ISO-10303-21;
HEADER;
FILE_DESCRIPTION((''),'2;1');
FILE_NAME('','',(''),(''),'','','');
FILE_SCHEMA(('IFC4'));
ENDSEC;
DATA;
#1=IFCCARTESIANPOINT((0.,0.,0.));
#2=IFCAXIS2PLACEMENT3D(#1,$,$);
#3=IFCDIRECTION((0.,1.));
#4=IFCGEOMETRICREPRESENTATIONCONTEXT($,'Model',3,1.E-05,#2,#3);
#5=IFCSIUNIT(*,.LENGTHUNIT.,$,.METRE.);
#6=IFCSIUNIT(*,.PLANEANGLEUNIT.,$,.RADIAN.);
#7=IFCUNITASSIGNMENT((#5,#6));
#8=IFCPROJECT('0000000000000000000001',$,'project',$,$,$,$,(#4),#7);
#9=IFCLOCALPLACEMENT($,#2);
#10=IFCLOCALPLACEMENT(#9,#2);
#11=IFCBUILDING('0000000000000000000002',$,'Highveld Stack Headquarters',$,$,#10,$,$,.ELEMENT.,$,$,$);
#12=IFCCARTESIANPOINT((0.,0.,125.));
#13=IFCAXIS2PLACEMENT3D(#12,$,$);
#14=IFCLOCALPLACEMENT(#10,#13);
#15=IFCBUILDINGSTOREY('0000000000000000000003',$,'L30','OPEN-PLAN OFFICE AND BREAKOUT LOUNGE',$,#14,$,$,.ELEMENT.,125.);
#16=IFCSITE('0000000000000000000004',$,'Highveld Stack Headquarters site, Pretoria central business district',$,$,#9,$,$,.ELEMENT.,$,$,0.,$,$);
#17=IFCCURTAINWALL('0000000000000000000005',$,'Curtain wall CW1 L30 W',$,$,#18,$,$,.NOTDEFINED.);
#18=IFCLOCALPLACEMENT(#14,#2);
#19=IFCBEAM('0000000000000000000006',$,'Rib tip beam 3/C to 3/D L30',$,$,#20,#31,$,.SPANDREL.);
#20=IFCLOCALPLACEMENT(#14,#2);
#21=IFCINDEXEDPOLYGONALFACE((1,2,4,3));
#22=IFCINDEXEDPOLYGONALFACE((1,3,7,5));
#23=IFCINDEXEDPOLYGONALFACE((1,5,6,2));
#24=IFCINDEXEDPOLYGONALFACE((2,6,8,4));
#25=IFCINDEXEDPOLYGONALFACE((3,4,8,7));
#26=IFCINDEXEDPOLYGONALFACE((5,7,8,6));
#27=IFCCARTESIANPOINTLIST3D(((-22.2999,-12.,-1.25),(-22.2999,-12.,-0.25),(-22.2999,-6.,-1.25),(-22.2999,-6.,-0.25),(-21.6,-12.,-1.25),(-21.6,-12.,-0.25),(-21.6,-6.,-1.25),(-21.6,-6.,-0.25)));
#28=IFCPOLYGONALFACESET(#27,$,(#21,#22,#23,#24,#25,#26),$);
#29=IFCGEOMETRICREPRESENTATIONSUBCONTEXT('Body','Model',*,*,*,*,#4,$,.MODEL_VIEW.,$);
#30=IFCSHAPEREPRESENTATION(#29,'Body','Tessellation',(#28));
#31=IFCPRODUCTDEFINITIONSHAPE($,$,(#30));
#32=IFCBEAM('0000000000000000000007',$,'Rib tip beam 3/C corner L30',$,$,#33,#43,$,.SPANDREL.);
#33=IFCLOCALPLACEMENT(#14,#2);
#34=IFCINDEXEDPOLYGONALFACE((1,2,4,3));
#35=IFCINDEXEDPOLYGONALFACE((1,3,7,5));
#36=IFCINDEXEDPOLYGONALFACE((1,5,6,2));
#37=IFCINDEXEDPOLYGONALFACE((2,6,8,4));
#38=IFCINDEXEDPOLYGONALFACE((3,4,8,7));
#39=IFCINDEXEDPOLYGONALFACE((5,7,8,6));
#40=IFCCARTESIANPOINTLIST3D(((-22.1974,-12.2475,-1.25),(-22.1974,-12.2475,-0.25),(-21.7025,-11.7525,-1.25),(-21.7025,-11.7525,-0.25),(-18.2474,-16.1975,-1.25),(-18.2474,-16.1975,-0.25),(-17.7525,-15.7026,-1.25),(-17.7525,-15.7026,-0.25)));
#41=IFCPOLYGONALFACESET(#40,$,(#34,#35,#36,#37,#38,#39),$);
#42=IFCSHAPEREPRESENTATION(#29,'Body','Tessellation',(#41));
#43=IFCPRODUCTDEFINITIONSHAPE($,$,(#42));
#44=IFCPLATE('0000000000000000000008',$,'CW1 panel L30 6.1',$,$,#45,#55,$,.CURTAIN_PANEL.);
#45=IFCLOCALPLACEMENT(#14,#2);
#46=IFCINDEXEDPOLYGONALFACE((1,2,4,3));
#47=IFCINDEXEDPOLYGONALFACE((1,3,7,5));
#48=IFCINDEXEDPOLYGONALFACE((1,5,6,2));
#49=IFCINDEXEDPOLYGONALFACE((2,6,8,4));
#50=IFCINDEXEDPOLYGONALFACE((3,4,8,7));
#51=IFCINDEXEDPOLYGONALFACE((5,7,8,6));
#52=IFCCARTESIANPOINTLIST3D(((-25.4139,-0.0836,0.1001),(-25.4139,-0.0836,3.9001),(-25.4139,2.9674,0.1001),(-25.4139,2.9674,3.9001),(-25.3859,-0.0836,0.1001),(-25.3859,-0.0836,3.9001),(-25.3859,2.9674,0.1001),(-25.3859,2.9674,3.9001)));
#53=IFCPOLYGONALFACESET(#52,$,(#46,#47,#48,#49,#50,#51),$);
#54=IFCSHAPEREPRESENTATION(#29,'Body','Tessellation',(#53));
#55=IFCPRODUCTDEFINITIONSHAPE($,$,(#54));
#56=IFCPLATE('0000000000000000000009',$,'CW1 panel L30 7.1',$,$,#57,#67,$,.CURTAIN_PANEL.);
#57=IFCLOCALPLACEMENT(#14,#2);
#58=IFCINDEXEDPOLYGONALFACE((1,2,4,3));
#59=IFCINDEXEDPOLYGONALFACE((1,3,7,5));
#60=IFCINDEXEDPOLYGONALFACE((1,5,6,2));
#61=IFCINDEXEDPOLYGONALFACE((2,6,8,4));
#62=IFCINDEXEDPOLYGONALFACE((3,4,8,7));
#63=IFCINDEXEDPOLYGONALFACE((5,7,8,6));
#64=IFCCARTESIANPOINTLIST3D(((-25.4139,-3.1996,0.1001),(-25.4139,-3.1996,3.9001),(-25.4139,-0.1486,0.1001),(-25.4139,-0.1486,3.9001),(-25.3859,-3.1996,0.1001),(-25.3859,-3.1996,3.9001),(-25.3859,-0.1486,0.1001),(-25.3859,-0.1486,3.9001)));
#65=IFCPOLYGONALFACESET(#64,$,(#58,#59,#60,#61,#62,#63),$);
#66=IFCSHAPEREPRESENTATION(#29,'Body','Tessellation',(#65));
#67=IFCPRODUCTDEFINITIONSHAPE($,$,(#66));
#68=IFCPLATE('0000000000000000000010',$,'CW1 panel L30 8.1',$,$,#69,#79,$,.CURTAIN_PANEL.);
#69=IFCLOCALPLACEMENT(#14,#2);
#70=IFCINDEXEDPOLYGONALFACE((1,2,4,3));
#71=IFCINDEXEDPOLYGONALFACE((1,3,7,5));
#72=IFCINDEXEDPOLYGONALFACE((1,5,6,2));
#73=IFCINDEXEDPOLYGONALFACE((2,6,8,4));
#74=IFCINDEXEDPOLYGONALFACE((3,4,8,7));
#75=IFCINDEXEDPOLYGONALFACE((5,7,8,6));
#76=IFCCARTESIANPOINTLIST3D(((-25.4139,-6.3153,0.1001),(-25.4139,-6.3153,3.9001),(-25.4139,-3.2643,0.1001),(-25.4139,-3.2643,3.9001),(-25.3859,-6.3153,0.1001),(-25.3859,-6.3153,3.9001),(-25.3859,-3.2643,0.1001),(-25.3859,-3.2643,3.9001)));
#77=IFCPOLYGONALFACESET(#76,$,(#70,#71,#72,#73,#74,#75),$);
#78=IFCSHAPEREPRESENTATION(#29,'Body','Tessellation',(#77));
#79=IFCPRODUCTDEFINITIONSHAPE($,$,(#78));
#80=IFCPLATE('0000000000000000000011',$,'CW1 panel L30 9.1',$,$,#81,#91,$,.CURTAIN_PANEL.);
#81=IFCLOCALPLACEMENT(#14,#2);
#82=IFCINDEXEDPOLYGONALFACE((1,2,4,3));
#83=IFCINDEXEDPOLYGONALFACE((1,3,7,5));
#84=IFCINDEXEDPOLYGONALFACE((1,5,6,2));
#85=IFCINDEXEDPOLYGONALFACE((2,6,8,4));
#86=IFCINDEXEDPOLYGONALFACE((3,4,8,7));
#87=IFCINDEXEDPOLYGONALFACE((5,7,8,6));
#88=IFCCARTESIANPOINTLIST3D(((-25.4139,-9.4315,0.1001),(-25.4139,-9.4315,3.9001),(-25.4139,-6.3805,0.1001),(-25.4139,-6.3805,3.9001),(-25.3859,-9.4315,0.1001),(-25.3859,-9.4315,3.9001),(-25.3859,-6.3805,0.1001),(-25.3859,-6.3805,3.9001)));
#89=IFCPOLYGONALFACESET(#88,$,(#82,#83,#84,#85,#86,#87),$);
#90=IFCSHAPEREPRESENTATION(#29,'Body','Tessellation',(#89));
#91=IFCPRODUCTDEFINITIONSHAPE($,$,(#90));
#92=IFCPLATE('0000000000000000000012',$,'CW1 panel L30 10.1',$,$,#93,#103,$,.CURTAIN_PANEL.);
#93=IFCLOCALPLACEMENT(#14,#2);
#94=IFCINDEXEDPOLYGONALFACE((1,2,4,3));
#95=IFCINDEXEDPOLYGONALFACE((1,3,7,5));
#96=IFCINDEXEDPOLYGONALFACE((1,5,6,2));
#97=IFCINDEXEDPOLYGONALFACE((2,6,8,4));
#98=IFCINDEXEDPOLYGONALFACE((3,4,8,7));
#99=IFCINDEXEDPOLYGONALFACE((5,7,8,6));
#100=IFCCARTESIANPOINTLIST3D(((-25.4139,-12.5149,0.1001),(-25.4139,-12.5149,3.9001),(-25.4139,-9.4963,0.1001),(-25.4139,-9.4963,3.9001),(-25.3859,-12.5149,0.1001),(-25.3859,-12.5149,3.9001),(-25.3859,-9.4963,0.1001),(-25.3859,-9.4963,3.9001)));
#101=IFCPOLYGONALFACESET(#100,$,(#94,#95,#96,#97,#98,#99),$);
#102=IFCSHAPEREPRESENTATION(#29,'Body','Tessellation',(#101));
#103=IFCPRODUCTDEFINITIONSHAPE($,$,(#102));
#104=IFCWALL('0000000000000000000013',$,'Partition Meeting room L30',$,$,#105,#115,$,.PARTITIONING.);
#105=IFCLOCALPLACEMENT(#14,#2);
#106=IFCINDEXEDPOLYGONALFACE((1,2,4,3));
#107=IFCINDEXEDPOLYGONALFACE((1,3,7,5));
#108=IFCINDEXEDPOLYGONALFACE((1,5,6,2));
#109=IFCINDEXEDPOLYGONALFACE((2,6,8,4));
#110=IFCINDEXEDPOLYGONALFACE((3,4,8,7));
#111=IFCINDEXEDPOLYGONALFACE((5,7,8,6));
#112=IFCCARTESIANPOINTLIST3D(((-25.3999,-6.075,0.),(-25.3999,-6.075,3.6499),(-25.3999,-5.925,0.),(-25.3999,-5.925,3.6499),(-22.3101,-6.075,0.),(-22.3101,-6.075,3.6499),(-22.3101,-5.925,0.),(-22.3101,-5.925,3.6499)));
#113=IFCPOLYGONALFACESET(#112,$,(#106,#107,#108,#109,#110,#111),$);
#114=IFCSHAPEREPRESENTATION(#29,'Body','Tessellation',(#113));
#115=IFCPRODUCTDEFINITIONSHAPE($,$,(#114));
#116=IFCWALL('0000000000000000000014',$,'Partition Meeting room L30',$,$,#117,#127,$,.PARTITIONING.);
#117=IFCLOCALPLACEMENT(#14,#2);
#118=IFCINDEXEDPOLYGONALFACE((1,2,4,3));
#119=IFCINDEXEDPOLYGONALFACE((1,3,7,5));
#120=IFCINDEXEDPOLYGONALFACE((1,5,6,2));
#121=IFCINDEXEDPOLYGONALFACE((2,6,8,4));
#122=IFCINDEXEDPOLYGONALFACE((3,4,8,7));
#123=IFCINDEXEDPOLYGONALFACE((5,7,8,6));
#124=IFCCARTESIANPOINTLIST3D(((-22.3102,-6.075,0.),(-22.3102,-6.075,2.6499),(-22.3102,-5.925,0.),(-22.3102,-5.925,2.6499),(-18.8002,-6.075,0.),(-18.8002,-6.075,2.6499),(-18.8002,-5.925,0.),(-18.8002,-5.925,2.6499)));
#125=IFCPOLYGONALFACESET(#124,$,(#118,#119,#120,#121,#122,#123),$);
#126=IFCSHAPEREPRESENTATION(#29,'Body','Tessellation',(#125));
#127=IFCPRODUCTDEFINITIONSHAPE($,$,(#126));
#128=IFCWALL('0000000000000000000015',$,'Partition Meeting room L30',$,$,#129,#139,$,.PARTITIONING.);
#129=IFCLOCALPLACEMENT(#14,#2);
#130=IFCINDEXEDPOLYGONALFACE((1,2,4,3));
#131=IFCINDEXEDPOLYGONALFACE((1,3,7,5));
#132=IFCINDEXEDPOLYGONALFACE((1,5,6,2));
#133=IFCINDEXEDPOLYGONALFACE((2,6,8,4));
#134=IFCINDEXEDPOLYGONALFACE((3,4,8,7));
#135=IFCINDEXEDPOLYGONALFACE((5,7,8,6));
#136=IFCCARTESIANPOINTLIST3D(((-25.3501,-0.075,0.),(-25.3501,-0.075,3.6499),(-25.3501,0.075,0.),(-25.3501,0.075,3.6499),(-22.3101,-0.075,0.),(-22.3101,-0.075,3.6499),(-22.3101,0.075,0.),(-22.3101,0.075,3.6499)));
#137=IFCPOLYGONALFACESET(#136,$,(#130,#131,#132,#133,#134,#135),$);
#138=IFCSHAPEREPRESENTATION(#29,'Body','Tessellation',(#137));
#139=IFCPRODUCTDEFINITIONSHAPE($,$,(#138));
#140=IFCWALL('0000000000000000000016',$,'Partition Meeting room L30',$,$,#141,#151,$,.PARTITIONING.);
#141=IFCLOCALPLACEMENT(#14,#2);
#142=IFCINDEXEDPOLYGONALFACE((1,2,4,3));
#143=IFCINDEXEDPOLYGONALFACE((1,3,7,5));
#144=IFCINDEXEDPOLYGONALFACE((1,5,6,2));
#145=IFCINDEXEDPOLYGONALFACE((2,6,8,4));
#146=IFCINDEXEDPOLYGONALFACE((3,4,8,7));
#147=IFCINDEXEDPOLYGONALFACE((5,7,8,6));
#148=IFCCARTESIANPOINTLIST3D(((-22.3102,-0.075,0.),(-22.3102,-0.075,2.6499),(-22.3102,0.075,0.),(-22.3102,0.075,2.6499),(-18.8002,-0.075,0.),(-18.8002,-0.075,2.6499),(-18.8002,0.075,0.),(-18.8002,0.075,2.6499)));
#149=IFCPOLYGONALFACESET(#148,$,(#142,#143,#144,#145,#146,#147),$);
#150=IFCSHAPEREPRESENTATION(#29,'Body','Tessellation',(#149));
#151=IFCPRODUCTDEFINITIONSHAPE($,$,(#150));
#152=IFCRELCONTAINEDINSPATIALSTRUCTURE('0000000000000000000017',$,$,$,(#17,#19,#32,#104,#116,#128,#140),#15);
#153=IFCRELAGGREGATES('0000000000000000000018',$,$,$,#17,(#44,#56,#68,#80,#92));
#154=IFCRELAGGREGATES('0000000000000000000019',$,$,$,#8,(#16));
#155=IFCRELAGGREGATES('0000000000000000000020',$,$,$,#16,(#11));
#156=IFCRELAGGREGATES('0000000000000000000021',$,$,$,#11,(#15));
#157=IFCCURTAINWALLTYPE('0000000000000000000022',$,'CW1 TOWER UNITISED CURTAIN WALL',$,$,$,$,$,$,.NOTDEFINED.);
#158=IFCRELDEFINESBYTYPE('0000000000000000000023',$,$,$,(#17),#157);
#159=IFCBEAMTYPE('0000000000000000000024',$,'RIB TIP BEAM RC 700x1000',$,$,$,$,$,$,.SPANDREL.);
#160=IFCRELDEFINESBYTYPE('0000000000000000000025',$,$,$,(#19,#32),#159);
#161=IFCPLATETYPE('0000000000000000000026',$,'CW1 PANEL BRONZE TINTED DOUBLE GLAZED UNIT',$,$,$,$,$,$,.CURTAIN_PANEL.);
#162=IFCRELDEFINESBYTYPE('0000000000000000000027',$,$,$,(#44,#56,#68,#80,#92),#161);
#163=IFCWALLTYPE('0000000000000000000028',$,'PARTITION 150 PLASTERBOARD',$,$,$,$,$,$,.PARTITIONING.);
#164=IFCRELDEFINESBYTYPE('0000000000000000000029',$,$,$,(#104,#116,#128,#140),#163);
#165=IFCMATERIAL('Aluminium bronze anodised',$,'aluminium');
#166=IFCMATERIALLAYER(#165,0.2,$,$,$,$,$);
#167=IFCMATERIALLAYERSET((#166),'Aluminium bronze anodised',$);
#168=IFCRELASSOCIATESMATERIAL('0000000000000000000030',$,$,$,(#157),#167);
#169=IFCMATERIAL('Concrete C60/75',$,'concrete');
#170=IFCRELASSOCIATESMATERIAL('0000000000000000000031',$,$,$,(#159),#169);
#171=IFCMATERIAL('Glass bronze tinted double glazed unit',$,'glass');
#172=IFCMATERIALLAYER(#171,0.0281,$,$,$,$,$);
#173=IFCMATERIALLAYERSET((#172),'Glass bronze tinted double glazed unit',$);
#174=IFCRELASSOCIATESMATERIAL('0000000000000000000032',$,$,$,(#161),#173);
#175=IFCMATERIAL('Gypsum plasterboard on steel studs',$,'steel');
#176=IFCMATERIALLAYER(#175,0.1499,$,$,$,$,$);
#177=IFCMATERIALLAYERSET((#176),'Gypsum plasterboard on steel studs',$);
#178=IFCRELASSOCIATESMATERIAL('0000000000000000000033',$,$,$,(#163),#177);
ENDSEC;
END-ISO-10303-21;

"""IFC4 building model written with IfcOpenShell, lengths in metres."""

from ifc_helpers import new_model, si_unit, direction, frame, frame_2d, origin, origin_2d, place, context, subcontext, project, spatial, rectangle, extrude, material, layer, layer_set, material_profile, profile_set, type_object, element, aggregate, save


model = new_model("IFC4")

# Units and contexts
model_context = context("Model", 3, precision=1e-05, world=origin(), true_north=direction((0.0, 1.0)))
body_context = subcontext(model_context, "Body", "Model", "MODEL_VIEW")
ifc_project = project(units=[si_unit("LENGTHUNIT", "METRE"), si_unit("PLANEANGLEUNIT", "RADIAN")], contexts=[model_context])

# Site, building, storey
site_placement = place(None, origin())
site = spatial("IfcSite", under=ifc_project, at=site_placement, Name="Highveld Stack Headquarters site, Pretoria central business district", CompositionType="ELEMENT", RefElevation=0.0)
building_placement = place(site_placement, origin())
building = spatial("IfcBuilding", under=site, at=building_placement, Name="Highveld Stack Headquarters", CompositionType="ELEMENT")
storey_placement = place(building_placement, frame((0.0, 0.0, 125.0)))
storey = spatial("IfcBuildingStorey", under=building, at=storey_placement, Name="L30", Description="OPEN-PLAN OFFICE AND BREAKOUT LOUNGE", CompositionType="ELEMENT", Elevation=125.0)

# Curtain wall
ifc_material_1 = material(Name="Aluminium bronze anodised", Category="aluminium")
ifc_layer_1 = layer(ifc_material_1, 0.2)
ifc_layer_set_1 = layer_set([ifc_layer_1], Name="Aluminium bronze anodised")
curtain_wall_type = type_object("IfcCurtainWallType", Name="CW1 TOWER UNITISED CURTAIN WALL", PredefinedType="NOTDEFINED", material=ifc_layer_set_1)
curtain_wall_placement = place(storey_placement, origin())
curtain_wall = element("IfcCurtainWall", 1, at=curtain_wall_placement, inside=storey, type_object=curtain_wall_type, Name="Curtain wall CW1 L30 W", PredefinedType="NOTDEFINED")

# Beams
ifc_material_2 = material(Name="Concrete C60/75", Category="concrete")
ifc_material_profile_1 = material_profile(ifc_material_2, rectangle(XDim=0.7, YDim=1.0, at=origin_2d()), Name="RC 700x1000")
ifc_profile_set_1 = profile_set([ifc_material_profile_1], Name="Concrete C60/75")
beam_type = type_object("IfcBeamType", Name="RIB TIP BEAM RC 700x1000", PredefinedType="SPANDREL", material=ifc_profile_set_1)
beam_1_placement = place(storey_placement, frame((-21.95, -12.0, -0.75), z_axis=(0.0, 1.0, 0.0), x_axis=(-1.0, 0.0, 0.0)))
element("IfcBeam", 2, at=beam_1_placement, inside=storey, type_object=beam_type, Name="Rib tip beam 3/C to 3/D L30", PredefinedType="SPANDREL", context=body_context, shape_type="SweptSolid", body=[
    extrude(rectangle(XDim=0.7, YDim=1.0, at=origin_2d()), origin(), (0.0, 0.0, 1.0), 6.0),
])
beam_2_placement = place(storey_placement, frame((-21.95, -12.0, -0.75), z_axis=(0.707107, -0.707107, 0.0), x_axis=(0.707107, 0.707107, 0.0)))
element("IfcBeam", 3, at=beam_2_placement, inside=storey, type_object=beam_type, Name="Rib tip beam 3/C corner L30", PredefinedType="SPANDREL", context=body_context, shape_type="SweptSolid", body=[
    extrude(rectangle(XDim=0.7, YDim=1.0, at=origin_2d()), origin(), (0.0, 0.0, 1.0), 5.5862),
])

# Plates
ifc_material_3 = material(Name="Glass bronze tinted double glazed unit", Category="glass")
ifc_layer_2 = layer(ifc_material_3, 0.0281)
ifc_layer_set_2 = layer_set([ifc_layer_2], Name="Glass bronze tinted double glazed unit")
plate_type = type_object("IfcPlateType", Name="CW1 PANEL BRONZE TINTED DOUBLE GLAZED UNIT", PredefinedType="CURTAIN_PANEL", material=ifc_layer_set_2)
plate_1_placement = place(storey_placement, frame((-25.3999, 1.4419, 0.1001), z_axis=(0.0, 0.0, 1.0), x_axis=(0.0, -1.0, 0.0)))
plate_1 = element("IfcPlate", 4, at=plate_1_placement, type_object=plate_type, Name="CW1 panel L30 6.1", PredefinedType="CURTAIN_PANEL", context=body_context, shape_type="SweptSolid", body=[
    extrude(rectangle(XDim=3.051, YDim=0.0281, at=origin_2d()), origin(), (0.0, 0.0, 1.0), 3.8),
])
plate_2_placement = place(storey_placement, frame((-25.3999, -1.6741, 0.1001), z_axis=(0.0, 0.0, 1.0), x_axis=(0.0, -1.0, 0.0)))
plate_2 = element("IfcPlate", 5, at=plate_2_placement, type_object=plate_type, Name="CW1 panel L30 7.1", PredefinedType="CURTAIN_PANEL", context=body_context, shape_type="SweptSolid", body=[
    extrude(rectangle(XDim=3.051, YDim=0.0281, at=origin_2d()), origin(), (0.0, 0.0, 1.0), 3.8),
])
plate_3_placement = place(storey_placement, frame((-25.3999, -4.7898, 0.1001), z_axis=(0.0, 0.0, 1.0), x_axis=(0.0, -1.0, 0.0)))
plate_3 = element("IfcPlate", 6, at=plate_3_placement, type_object=plate_type, Name="CW1 panel L30 8.1", PredefinedType="CURTAIN_PANEL", context=body_context, shape_type="SweptSolid", body=[
    extrude(rectangle(XDim=3.051, YDim=0.0281, at=origin_2d()), origin(), (0.0, 0.0, 1.0), 3.8),
])
plate_4_placement = place(storey_placement, frame((-25.3999, -7.906, 0.1001), z_axis=(0.0, 0.0, 1.0), x_axis=(0.0, -1.0, 0.0)))
plate_4 = element("IfcPlate", 7, at=plate_4_placement, type_object=plate_type, Name="CW1 panel L30 9.1", PredefinedType="CURTAIN_PANEL", context=body_context, shape_type="SweptSolid", body=[
    extrude(rectangle(XDim=3.051, YDim=0.0281, at=origin_2d()), origin(), (0.0, 0.0, 1.0), 3.8),
])
plate_5_placement = place(storey_placement, frame((-25.3999, -11.0056, 0.1001), z_axis=(0.0, 0.0, 1.0), x_axis=(0.0, -1.0, 0.0)))
plate_5 = element("IfcPlate", 8, at=plate_5_placement, type_object=plate_type, Name="CW1 panel L30 10.1", PredefinedType="CURTAIN_PANEL", context=body_context, shape_type="SweptSolid", body=[
    extrude(rectangle(XDim=3.0186, YDim=0.0281, at=origin_2d()), origin(), (0.0, 0.0, 1.0), 3.8),
])
aggregate(curtain_wall, [plate_1, plate_2, plate_3, plate_4, plate_5])

# Walls
ifc_material_4 = material(Name="Gypsum plasterboard on steel studs", Category="steel")
ifc_layer_3 = layer(ifc_material_4, 0.1499)
ifc_layer_set_3 = layer_set([ifc_layer_3], Name="Gypsum plasterboard on steel studs")
wall_type = type_object("IfcWallType", Name="PARTITION 150 PLASTERBOARD", PredefinedType="PARTITIONING", material=ifc_layer_set_3)
wall_1_placement = place(storey_placement, frame((-25.3999, -6.0, 0.0), z_axis=(0.0, 0.0, 1.0), x_axis=(1.0, 0.0, 0.0)))
element("IfcWall", 9, at=wall_1_placement, inside=storey, type_object=wall_type, Name="Partition Meeting room L30", PredefinedType="PARTITIONING", context=body_context, shape_type="SweptSolid", body=[
    extrude(rectangle(XDim=3.0898, YDim=0.1499, at=frame_2d((1.5449, 0.0))), origin(), (0.0, 0.0, 1.0), 3.6499),
])
wall_2_placement = place(storey_placement, frame((-22.3101, -6.0, 0.0), z_axis=(0.0, 0.0, 1.0), x_axis=(1.0, 0.0, 0.0)))
element("IfcWall", 10, at=wall_2_placement, inside=storey, type_object=wall_type, Name="Partition Meeting room L30", PredefinedType="PARTITIONING", context=body_context, shape_type="SweptSolid", body=[
    extrude(rectangle(XDim=3.51, YDim=0.1499, at=frame_2d((1.7549, 0.0))), origin(), (0.0, 0.0, 1.0), 2.6499),
])
wall_3_placement = place(storey_placement, frame((-25.3501, 0.0, 0.0), z_axis=(0.0, 0.0, 1.0), x_axis=(1.0, 0.0, 0.0)))
element("IfcWall", 11, at=wall_3_placement, inside=storey, type_object=wall_type, Name="Partition Meeting room L30", PredefinedType="PARTITIONING", context=body_context, shape_type="SweptSolid", body=[
    extrude(rectangle(XDim=3.04, YDim=0.1499, at=frame_2d((1.52, 0.0))), origin(), (0.0, 0.0, 1.0), 3.6499),
])
wall_4_placement = place(storey_placement, frame((-22.3101, 0.0, 0.0), z_axis=(0.0, 0.0, 1.0), x_axis=(1.0, 0.0, 0.0)))
element("IfcWall", 12, at=wall_4_placement, inside=storey, type_object=wall_type, Name="Partition Meeting room L30", PredefinedType="PARTITIONING", context=body_context, shape_type="SweptSolid", body=[
    extrude(rectangle(XDim=3.51, YDim=0.1499, at=frame_2d((1.7549, 0.0))), origin(), (0.0, 0.0, 1.0), 2.6499),
])

save(model, "model.ifc")
